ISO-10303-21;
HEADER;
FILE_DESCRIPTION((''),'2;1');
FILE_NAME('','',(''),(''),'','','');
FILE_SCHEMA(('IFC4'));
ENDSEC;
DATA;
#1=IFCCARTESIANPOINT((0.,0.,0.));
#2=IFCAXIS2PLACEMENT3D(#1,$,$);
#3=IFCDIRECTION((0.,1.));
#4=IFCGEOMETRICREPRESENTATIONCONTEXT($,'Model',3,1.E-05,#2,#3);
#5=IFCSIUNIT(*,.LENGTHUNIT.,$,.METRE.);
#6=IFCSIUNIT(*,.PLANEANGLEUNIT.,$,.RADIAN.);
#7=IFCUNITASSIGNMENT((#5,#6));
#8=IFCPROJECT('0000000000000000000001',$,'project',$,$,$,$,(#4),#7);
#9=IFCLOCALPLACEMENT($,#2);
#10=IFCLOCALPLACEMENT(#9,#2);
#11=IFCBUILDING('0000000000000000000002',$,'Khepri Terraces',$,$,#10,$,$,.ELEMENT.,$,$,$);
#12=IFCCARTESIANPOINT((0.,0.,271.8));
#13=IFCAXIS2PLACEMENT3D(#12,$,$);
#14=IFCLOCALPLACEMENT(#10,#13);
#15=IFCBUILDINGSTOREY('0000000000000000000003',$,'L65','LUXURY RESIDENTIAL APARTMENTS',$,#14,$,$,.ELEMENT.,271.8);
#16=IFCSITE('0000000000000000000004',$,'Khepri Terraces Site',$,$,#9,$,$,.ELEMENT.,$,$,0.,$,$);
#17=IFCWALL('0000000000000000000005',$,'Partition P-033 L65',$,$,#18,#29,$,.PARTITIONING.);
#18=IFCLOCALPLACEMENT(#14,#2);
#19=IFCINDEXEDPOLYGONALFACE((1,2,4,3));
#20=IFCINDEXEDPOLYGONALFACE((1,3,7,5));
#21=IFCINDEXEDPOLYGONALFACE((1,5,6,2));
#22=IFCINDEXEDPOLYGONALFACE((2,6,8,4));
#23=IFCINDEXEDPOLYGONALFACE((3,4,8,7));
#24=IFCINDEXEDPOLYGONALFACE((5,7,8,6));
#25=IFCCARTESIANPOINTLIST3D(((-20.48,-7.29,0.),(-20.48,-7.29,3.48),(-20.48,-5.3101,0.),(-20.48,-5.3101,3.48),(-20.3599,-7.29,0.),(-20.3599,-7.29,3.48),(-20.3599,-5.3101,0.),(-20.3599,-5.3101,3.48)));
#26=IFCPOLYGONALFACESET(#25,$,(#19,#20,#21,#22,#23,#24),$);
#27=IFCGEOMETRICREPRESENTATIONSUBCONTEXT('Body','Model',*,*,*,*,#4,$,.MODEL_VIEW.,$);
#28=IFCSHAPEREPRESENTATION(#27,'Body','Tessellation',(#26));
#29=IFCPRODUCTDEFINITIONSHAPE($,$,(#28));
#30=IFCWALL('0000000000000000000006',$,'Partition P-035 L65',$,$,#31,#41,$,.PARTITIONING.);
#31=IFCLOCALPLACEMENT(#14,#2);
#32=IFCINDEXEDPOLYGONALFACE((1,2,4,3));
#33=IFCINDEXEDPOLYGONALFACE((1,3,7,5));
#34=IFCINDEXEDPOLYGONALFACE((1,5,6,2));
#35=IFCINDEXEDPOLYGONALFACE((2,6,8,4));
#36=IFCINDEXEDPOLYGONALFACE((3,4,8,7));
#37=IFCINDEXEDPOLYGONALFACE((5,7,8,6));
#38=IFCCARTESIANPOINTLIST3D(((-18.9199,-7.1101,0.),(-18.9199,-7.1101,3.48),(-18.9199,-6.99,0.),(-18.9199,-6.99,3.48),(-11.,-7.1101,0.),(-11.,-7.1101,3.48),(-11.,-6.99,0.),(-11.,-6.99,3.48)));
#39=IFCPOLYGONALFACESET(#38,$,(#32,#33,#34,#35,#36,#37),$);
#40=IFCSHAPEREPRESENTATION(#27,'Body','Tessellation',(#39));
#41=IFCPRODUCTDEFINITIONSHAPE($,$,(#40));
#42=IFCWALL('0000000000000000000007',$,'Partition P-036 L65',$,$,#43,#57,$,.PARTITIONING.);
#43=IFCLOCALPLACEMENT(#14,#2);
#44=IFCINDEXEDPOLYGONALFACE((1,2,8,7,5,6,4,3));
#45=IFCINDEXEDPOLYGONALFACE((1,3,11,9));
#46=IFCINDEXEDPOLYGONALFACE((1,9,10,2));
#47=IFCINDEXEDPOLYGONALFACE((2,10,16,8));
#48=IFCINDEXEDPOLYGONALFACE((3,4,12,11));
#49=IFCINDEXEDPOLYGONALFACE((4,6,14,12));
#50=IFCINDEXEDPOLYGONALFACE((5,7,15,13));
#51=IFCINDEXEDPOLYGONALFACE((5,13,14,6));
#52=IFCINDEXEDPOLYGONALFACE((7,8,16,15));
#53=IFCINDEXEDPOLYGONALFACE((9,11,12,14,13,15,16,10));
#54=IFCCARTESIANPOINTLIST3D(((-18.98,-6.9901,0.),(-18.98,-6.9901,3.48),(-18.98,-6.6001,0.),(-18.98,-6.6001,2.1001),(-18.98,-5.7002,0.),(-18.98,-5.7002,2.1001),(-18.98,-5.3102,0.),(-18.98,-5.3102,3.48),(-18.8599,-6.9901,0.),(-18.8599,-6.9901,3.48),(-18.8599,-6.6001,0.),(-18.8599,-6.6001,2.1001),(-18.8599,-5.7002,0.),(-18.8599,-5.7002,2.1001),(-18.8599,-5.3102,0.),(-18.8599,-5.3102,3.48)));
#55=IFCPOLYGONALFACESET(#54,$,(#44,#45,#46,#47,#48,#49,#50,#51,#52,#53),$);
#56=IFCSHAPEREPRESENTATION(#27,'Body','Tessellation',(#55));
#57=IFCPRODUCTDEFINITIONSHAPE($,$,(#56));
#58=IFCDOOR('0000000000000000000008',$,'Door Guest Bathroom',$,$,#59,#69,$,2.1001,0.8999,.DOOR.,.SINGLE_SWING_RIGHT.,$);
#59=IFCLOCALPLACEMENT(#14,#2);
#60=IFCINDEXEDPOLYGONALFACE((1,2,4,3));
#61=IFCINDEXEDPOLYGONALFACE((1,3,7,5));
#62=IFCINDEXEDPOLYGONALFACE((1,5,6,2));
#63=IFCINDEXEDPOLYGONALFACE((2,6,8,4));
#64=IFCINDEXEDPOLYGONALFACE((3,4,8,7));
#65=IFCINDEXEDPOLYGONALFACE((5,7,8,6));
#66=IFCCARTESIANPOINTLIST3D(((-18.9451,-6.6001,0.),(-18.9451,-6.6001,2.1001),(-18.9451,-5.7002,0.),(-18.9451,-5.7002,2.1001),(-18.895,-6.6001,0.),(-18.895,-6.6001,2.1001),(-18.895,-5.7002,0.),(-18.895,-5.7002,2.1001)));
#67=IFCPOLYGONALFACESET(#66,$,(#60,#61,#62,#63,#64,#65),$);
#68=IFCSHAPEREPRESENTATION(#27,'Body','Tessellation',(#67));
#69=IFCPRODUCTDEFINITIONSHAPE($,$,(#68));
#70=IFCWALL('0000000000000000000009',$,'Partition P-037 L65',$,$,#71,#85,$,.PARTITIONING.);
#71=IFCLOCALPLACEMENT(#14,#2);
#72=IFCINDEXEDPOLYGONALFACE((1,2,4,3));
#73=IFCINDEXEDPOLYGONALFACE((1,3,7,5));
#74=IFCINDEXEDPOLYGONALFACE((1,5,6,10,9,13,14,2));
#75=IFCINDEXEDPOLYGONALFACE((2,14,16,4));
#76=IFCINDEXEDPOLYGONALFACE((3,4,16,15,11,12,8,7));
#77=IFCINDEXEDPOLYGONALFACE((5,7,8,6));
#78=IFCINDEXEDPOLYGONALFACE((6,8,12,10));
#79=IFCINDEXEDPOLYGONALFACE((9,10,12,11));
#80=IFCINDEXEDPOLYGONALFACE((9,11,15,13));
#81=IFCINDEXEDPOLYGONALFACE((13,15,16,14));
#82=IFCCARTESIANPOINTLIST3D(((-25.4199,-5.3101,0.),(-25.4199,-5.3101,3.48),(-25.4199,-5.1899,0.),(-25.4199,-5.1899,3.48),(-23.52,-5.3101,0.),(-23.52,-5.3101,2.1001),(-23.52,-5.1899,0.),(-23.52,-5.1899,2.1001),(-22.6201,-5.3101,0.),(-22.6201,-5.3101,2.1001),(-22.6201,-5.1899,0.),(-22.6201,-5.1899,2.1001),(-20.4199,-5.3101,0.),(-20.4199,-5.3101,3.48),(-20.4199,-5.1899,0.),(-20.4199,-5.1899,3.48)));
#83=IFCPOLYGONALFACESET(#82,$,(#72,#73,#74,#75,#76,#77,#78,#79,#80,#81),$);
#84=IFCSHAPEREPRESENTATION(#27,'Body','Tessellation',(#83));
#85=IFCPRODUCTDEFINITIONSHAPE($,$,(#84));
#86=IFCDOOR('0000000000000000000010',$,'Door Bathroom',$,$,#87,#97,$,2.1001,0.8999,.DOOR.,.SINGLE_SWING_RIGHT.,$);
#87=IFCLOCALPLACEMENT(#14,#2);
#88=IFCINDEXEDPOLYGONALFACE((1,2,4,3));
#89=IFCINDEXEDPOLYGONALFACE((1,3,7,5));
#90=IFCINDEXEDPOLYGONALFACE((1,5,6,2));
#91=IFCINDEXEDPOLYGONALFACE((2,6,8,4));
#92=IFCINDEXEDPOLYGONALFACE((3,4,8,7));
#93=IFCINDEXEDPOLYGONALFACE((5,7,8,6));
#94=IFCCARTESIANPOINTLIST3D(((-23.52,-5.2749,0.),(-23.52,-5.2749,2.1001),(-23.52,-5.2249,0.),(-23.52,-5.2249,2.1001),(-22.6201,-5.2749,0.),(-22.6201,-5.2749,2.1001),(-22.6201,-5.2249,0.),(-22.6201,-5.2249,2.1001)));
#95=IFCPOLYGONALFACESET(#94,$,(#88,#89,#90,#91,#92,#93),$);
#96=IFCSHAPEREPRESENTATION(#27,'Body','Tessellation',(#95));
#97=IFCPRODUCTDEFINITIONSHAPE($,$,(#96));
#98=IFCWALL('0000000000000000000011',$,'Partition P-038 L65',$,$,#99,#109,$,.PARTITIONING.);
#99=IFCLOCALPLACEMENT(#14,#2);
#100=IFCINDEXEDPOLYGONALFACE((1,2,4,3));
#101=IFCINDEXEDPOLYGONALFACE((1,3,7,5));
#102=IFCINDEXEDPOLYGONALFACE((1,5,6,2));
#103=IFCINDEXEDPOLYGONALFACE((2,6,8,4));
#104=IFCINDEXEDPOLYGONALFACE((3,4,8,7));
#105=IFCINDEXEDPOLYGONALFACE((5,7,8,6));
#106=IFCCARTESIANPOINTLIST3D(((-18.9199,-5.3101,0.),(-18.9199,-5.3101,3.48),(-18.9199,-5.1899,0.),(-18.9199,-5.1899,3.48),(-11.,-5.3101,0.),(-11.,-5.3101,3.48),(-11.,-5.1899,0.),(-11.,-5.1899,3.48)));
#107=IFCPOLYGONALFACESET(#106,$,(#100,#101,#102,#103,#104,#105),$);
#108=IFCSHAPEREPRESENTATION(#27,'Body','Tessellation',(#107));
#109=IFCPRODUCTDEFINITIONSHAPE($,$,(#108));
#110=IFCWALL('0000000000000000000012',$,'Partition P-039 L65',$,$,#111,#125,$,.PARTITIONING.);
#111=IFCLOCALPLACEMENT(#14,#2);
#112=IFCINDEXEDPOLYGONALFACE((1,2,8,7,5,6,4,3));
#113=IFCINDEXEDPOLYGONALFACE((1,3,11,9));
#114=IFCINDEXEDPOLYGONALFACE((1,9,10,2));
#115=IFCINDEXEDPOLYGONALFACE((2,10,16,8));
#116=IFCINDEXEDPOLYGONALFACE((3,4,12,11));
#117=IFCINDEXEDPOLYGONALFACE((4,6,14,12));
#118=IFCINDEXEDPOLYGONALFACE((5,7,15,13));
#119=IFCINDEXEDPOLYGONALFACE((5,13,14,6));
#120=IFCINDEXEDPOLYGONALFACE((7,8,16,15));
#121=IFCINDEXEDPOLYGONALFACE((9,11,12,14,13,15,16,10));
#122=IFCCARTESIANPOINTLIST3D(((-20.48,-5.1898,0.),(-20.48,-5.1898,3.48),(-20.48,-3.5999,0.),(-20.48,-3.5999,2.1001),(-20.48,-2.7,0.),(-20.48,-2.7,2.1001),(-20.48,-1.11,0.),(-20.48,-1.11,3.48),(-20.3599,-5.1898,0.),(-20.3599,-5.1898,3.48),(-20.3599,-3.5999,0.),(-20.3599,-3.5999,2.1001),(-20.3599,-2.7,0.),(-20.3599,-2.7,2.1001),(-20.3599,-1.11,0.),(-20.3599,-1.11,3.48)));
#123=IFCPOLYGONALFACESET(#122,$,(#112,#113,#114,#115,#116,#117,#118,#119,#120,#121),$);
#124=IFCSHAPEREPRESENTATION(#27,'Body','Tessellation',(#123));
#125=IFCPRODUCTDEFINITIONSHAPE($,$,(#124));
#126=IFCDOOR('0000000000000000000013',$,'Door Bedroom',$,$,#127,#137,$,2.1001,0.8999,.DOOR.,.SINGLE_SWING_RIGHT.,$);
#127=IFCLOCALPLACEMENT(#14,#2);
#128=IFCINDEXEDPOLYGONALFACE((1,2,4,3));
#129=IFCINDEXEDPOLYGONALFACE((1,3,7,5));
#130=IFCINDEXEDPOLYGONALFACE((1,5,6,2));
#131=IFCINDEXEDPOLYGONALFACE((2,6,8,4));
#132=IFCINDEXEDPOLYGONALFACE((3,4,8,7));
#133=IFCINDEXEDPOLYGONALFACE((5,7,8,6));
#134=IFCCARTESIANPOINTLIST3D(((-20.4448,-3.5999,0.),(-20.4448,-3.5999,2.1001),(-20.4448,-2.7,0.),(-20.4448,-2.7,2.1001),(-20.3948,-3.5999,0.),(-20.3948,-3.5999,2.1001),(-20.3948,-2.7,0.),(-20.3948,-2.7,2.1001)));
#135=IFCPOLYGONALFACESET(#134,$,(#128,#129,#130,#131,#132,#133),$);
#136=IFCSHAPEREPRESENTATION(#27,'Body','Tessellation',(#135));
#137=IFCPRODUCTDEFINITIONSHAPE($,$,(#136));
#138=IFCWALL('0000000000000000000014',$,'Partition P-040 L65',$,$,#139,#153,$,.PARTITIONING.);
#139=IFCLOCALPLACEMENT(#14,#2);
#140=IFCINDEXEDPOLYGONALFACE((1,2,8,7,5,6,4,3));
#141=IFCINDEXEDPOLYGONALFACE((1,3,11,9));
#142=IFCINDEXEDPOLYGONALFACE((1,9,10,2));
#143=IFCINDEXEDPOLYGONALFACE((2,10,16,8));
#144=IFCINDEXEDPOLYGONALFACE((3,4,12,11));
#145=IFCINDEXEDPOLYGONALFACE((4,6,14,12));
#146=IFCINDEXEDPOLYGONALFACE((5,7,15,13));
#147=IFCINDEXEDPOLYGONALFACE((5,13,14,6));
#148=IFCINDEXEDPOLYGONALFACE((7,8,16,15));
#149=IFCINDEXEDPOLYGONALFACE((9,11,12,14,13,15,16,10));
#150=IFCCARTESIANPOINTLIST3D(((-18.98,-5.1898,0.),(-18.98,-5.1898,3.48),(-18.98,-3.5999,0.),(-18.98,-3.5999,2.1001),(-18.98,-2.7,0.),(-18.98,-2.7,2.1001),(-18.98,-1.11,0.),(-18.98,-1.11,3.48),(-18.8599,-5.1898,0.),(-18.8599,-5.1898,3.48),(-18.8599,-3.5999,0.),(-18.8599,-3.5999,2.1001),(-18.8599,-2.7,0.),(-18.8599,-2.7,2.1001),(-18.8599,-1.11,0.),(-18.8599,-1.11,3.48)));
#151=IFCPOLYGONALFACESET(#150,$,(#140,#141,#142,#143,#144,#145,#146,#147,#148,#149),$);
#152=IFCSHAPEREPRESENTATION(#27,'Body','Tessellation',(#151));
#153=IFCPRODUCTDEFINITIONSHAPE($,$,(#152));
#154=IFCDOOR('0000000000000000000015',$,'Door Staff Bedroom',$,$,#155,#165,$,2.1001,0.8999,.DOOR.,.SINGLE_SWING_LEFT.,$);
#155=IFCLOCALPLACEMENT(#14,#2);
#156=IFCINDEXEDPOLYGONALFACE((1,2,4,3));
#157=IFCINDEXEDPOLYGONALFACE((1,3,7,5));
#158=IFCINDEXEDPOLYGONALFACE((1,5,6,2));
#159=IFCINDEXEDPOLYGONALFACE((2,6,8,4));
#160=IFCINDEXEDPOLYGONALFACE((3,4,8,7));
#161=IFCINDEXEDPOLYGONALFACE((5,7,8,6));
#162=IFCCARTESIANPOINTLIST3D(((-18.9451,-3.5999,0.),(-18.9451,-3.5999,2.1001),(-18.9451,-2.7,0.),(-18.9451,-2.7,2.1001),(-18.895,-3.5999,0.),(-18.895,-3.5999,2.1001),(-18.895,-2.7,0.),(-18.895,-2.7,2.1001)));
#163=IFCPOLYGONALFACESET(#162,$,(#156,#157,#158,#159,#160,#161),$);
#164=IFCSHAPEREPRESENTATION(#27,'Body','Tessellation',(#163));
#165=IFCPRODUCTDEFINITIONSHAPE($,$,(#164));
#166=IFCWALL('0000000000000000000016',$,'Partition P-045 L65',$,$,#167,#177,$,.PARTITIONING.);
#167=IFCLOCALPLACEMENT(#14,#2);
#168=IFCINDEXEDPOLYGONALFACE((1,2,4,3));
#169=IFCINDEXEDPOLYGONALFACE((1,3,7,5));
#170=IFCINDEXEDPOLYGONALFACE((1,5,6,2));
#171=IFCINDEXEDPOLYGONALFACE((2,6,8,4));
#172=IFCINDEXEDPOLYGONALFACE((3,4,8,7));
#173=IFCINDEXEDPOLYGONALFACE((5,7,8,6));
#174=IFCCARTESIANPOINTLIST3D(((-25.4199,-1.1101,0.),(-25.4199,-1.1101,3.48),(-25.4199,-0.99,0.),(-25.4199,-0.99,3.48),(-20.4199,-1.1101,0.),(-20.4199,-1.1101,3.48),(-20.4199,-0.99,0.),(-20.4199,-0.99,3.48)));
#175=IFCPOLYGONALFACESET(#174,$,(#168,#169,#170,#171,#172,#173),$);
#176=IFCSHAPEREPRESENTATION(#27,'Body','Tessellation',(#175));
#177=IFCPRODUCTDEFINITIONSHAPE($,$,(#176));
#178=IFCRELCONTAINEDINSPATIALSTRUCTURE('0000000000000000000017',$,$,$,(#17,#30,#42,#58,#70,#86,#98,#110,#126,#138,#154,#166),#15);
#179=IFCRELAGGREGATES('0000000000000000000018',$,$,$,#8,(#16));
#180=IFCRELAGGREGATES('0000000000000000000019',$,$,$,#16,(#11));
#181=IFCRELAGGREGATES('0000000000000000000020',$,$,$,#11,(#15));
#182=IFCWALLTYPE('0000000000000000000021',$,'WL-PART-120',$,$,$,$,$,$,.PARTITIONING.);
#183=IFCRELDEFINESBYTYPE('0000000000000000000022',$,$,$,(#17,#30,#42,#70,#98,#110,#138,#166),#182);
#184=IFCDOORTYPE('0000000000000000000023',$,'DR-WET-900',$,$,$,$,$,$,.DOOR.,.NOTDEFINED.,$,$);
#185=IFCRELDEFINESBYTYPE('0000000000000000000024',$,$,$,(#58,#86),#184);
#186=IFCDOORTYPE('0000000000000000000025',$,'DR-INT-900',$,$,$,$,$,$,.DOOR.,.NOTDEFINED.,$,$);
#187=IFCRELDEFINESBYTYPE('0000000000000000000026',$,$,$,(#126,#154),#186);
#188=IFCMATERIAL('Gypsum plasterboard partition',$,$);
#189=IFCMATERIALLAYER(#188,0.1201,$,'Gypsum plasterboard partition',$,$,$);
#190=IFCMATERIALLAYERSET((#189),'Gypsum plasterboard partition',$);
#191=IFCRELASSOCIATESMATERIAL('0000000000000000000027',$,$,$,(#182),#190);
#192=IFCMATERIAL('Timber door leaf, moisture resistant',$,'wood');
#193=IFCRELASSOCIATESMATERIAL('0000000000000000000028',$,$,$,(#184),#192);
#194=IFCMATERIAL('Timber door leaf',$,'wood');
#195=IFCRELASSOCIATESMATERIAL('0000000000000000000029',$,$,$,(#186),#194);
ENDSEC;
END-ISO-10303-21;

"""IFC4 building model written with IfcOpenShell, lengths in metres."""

from ifc_helpers import new_model, si_unit, direction, frame, frame_2d, origin, place, context, subcontext, project, spatial, rectangle, extrude, material, layer, layer_set, type_object, element, fill, save


model = new_model("IFC4")

# Units and contexts
model_context = context("Model", 3, precision=1e-05, world=origin(), true_north=direction((0.0, 1.0)))
body_context = subcontext(model_context, "Body", "Model", "MODEL_VIEW")
ifc_project = project(units=[si_unit("LENGTHUNIT", "METRE"), si_unit("PLANEANGLEUNIT", "RADIAN")], contexts=[model_context])

# Site, building, storey
site_placement = place(None, origin())
site = spatial("IfcSite", under=ifc_project, at=site_placement, Name="Khepri Terraces Site", CompositionType="ELEMENT", RefElevation=0.0)
building_placement = place(site_placement, origin())
building = spatial("IfcBuilding", under=site, at=building_placement, Name="Khepri Terraces", CompositionType="ELEMENT")
storey_placement = place(building_placement, frame((0.0, 0.0, 271.8)))
storey = spatial("IfcBuildingStorey", under=building, at=storey_placement, Name="L65", Description="LUXURY RESIDENTIAL APARTMENTS", CompositionType="ELEMENT", Elevation=271.8)

# Walls
ifc_material_1 = material(Name="Gypsum plasterboard partition")
ifc_layer_1 = layer(ifc_material_1, 0.1201, Name="Gypsum plasterboard partition")
ifc_layer_set_1 = layer_set([ifc_layer_1], Name="Gypsum plasterboard partition")
wall_type_1 = type_object("IfcWallType", Name="WL-PART-120", PredefinedType="PARTITIONING", material=ifc_layer_set_1)
wall_1_placement = place(storey_placement, frame((-20.4199, -7.29, 0.0), z_axis=(0.0, 0.0, 1.0), x_axis=(0.0, 1.0, 0.0)))
element("IfcWall", 1, at=wall_1_placement, inside=storey, type_object=wall_type_1, Name="Partition P-033 L65", PredefinedType="PARTITIONING", context=body_context, shape_type="SweptSolid", body=[
    extrude(rectangle(XDim=1.98, YDim=0.1201, at=frame_2d((0.99, 0.0))), origin(), (0.0, 0.0, 1.0), 3.48),
])
wall_2_placement = place(storey_placement, frame((-18.9199, -7.05, 0.0), z_axis=(0.0, 0.0, 1.0), x_axis=(1.0, 0.0, 0.0)))
element("IfcWall", 2, at=wall_2_placement, inside=storey, type_object=wall_type_1, Name="Partition P-035 L65", PredefinedType="PARTITIONING", context=body_context, shape_type="SweptSolid", body=[
    extrude(rectangle(XDim=7.9199, YDim=0.1201, at=frame_2d((3.96, 0.0))), origin(), (0.0, 0.0, 1.0), 3.48),
])

# Walls, openings, doors
wall_3_placement = place(storey_placement, frame((-18.9199, -6.99, 0.0), z_axis=(0.0, 0.0, 1.0), x_axis=(0.0, 1.0, 0.0)))
wall_3 = element("IfcWall", 3, at=wall_3_placement, inside=storey, type_object=wall_type_1, Name="Partition P-036 L65", PredefinedType="PARTITIONING", context=body_context, shape_type="SweptSolid", body=[
    extrude(rectangle(XDim=1.6799, YDim=0.1201, at=frame_2d((0.8398, 0.0))), origin(), (0.0, 0.0, 1.0), 3.48),
])
opening_1_placement = place(wall_3_placement, frame((0.3899, 0.0, 0.0)))
opening_1 = element("IfcOpeningElement", 4, at=opening_1_placement, cuts=wall_3, PredefinedType="OPENING", context=body_context, shape_type="SweptSolid", body=[
    extrude(rectangle(XDim=0.8999, YDim=2.1001, at=frame_2d((0.45, 1.05))), frame((0.0, 0.0701, 0.0), z_axis=(0.0, -1.0, 0.0), x_axis=(1.0, 0.0, 0.0)), (0.0, 0.0, 1.0), 0.1401),
])
ifc_material_2 = material(Name="Timber door leaf, moisture resistant", Category="wood")
door_type_1 = type_object("IfcDoorType", Name="DR-WET-900", OperationType="NOTDEFINED", PredefinedType="DOOR", material=ifc_material_2)
door_1_placement = place(opening_1_placement, frame((0.8999, 0.0, 0.0), z_axis=(0.0, 0.0, 1.0), x_axis=(-1.0, 0.0, 0.0)))
door_1 = element("IfcDoor", 5, at=door_1_placement, inside=storey, type_object=door_type_1, Name="Door Guest Bathroom", OperationType="SINGLE_SWING_RIGHT", OverallHeight=2.1001, OverallWidth=0.8999, PredefinedType="DOOR", context=body_context, shape_type="SweptSolid", body=[
    extrude(rectangle(XDim=0.8999, YDim=2.1001, at=frame_2d((0.45, 1.05))), frame((0.0, 0.0249, 0.0), z_axis=(0.0, -1.0, 0.0), x_axis=(1.0, 0.0, 0.0)), (0.0, 0.0, 1.0), 0.05),
])
fill(opening_1, door_1)
wall_4_placement = place(storey_placement, frame((-25.4199, -5.25, 0.0), z_axis=(0.0, 0.0, 1.0), x_axis=(1.0, 0.0, 0.0)))
wall_4 = element("IfcWall", 6, at=wall_4_placement, inside=storey, type_object=wall_type_1, Name="Partition P-037 L65", PredefinedType="PARTITIONING", context=body_context, shape_type="SweptSolid", body=[
    extrude(rectangle(XDim=5.0, YDim=0.1201, at=frame_2d((2.5, 0.0))), origin(), (0.0, 0.0, 1.0), 3.48),
])
opening_2_placement = place(wall_4_placement, frame((1.8999, 0.0, 0.0)))
opening_2 = element("IfcOpeningElement", 7, at=opening_2_placement, cuts=wall_4, PredefinedType="OPENING", context=body_context, shape_type="SweptSolid", body=[
    extrude(rectangle(XDim=0.8999, YDim=2.1001, at=frame_2d((0.45, 1.05))), frame((0.0, 0.0701, 0.0), z_axis=(0.0, -1.0, 0.0), x_axis=(1.0, 0.0, 0.0)), (0.0, 0.0, 1.0), 0.1401),
])
door_2_placement = place(opening_2_placement, frame((0.8999, 0.0, 0.0), z_axis=(0.0, 0.0, 1.0), x_axis=(-1.0, 0.0, 0.0)))
door_2 = element("IfcDoor", 8, at=door_2_placement, inside=storey, type_object=door_type_1, Name="Door Bathroom", OperationType="SINGLE_SWING_RIGHT", OverallHeight=2.1001, OverallWidth=0.8999, PredefinedType="DOOR", context=body_context, shape_type="SweptSolid", body=[
    extrude(rectangle(XDim=0.8999, YDim=2.1001, at=frame_2d((0.45, 1.05))), frame((0.0, 0.0249, 0.0), z_axis=(0.0, -1.0, 0.0), x_axis=(1.0, 0.0, 0.0)), (0.0, 0.0, 1.0), 0.05),
])
fill(opening_2, door_2)

# Wall
wall_5_placement = place(storey_placement, frame((-18.9199, -5.25, 0.0), z_axis=(0.0, 0.0, 1.0), x_axis=(1.0, 0.0, 0.0)))
element("IfcWall", 9, at=wall_5_placement, inside=storey, type_object=wall_type_1, Name="Partition P-038 L65", PredefinedType="PARTITIONING", context=body_context, shape_type="SweptSolid", body=[
    extrude(rectangle(XDim=7.9199, YDim=0.1201, at=frame_2d((3.96, 0.0))), origin(), (0.0, 0.0, 1.0), 3.48),
])

# Walls, openings, doors
wall_6_placement = place(storey_placement, frame((-20.4199, -5.1899, 0.0), z_axis=(0.0, 0.0, 1.0), x_axis=(0.0, 1.0, 0.0)))
wall_6 = element("IfcWall", 10, at=wall_6_placement, inside=storey, type_object=wall_type_1, Name="Partition P-039 L65", PredefinedType="PARTITIONING", context=body_context, shape_type="SweptSolid", body=[
    extrude(rectangle(XDim=4.0798, YDim=0.1201, at=frame_2d((2.04, 0.0))), origin(), (0.0, 0.0, 1.0), 3.48),
])
opening_3_placement = place(wall_6_placement, frame((1.5901, 0.0, 0.0)))
opening_3 = element("IfcOpeningElement", 11, at=opening_3_placement, cuts=wall_6, PredefinedType="OPENING", context=body_context, shape_type="SweptSolid", body=[
    extrude(rectangle(XDim=0.8999, YDim=2.1001, at=frame_2d((0.45, 1.05))), frame((0.0, 0.0701, 0.0), z_axis=(0.0, -1.0, 0.0), x_axis=(1.0, 0.0, 0.0)), (0.0, 0.0, 1.0), 0.1401),
])
ifc_material_3 = material(Name="Timber door leaf", Category="wood")
door_type_2 = type_object("IfcDoorType", Name="DR-INT-900", OperationType="NOTDEFINED", PredefinedType="DOOR", material=ifc_material_3)
door_3_placement = place(opening_3_placement, origin())
door_3 = element("IfcDoor", 12, at=door_3_placement, inside=storey, type_object=door_type_2, Name="Door Bedroom", OperationType="SINGLE_SWING_RIGHT", OverallHeight=2.1001, OverallWidth=0.8999, PredefinedType="DOOR", context=body_context, shape_type="SweptSolid", body=[
    extrude(rectangle(XDim=0.8999, YDim=2.1001, at=frame_2d((0.45, 1.05))), frame((0.0, 0.0249, 0.0), z_axis=(0.0, -1.0, 0.0), x_axis=(1.0, 0.0, 0.0)), (0.0, 0.0, 1.0), 0.05),
])
fill(opening_3, door_3)
wall_7_placement = place(storey_placement, frame((-18.9199, -5.1899, 0.0), z_axis=(0.0, 0.0, 1.0), x_axis=(0.0, 1.0, 0.0)))
wall_7 = element("IfcWall", 13, at=wall_7_placement, inside=storey, type_object=wall_type_1, Name="Partition P-040 L65", PredefinedType="PARTITIONING", context=body_context, shape_type="SweptSolid", body=[
    extrude(rectangle(XDim=4.0798, YDim=0.1201, at=frame_2d((2.04, 0.0))), origin(), (0.0, 0.0, 1.0), 3.48),
])
opening_4_placement = place(wall_7_placement, frame((1.5901, 0.0, 0.0)))
opening_4 = element("IfcOpeningElement", 14, at=opening_4_placement, cuts=wall_7, PredefinedType="OPENING", context=body_context, shape_type="SweptSolid", body=[
    extrude(rectangle(XDim=0.8999, YDim=2.1001, at=frame_2d((0.45, 1.05))), frame((0.0, 0.0701, 0.0), z_axis=(0.0, -1.0, 0.0), x_axis=(1.0, 0.0, 0.0)), (0.0, 0.0, 1.0), 0.1401),
])
door_4_placement = place(opening_4_placement, frame((0.8999, 0.0, 0.0), z_axis=(0.0, 0.0, 1.0), x_axis=(-1.0, 0.0, 0.0)))
door_4 = element("IfcDoor", 15, at=door_4_placement, inside=storey, type_object=door_type_2, Name="Door Staff Bedroom", OperationType="SINGLE_SWING_LEFT", OverallHeight=2.1001, OverallWidth=0.8999, PredefinedType="DOOR", context=body_context, shape_type="SweptSolid", body=[
    extrude(rectangle(XDim=0.8999, YDim=2.1001, at=frame_2d((0.45, 1.05))), frame((0.0, 0.0249, 0.0), z_axis=(0.0, -1.0, 0.0), x_axis=(1.0, 0.0, 0.0)), (0.0, 0.0, 1.0), 0.05),
])
fill(opening_4, door_4)

# Wall
wall_8_placement = place(storey_placement, frame((-25.4199, -1.05, 0.0), z_axis=(0.0, 0.0, 1.0), x_axis=(1.0, 0.0, 0.0)))
element("IfcWall", 16, at=wall_8_placement, inside=storey, type_object=wall_type_1, Name="Partition P-045 L65", PredefinedType="PARTITIONING", context=body_context, shape_type="SweptSolid", body=[
    extrude(rectangle(XDim=5.0, YDim=0.1201, at=frame_2d((2.5, 0.0))), origin(), (0.0, 0.0, 1.0), 3.48),
])

save(model, "model.ifc")
